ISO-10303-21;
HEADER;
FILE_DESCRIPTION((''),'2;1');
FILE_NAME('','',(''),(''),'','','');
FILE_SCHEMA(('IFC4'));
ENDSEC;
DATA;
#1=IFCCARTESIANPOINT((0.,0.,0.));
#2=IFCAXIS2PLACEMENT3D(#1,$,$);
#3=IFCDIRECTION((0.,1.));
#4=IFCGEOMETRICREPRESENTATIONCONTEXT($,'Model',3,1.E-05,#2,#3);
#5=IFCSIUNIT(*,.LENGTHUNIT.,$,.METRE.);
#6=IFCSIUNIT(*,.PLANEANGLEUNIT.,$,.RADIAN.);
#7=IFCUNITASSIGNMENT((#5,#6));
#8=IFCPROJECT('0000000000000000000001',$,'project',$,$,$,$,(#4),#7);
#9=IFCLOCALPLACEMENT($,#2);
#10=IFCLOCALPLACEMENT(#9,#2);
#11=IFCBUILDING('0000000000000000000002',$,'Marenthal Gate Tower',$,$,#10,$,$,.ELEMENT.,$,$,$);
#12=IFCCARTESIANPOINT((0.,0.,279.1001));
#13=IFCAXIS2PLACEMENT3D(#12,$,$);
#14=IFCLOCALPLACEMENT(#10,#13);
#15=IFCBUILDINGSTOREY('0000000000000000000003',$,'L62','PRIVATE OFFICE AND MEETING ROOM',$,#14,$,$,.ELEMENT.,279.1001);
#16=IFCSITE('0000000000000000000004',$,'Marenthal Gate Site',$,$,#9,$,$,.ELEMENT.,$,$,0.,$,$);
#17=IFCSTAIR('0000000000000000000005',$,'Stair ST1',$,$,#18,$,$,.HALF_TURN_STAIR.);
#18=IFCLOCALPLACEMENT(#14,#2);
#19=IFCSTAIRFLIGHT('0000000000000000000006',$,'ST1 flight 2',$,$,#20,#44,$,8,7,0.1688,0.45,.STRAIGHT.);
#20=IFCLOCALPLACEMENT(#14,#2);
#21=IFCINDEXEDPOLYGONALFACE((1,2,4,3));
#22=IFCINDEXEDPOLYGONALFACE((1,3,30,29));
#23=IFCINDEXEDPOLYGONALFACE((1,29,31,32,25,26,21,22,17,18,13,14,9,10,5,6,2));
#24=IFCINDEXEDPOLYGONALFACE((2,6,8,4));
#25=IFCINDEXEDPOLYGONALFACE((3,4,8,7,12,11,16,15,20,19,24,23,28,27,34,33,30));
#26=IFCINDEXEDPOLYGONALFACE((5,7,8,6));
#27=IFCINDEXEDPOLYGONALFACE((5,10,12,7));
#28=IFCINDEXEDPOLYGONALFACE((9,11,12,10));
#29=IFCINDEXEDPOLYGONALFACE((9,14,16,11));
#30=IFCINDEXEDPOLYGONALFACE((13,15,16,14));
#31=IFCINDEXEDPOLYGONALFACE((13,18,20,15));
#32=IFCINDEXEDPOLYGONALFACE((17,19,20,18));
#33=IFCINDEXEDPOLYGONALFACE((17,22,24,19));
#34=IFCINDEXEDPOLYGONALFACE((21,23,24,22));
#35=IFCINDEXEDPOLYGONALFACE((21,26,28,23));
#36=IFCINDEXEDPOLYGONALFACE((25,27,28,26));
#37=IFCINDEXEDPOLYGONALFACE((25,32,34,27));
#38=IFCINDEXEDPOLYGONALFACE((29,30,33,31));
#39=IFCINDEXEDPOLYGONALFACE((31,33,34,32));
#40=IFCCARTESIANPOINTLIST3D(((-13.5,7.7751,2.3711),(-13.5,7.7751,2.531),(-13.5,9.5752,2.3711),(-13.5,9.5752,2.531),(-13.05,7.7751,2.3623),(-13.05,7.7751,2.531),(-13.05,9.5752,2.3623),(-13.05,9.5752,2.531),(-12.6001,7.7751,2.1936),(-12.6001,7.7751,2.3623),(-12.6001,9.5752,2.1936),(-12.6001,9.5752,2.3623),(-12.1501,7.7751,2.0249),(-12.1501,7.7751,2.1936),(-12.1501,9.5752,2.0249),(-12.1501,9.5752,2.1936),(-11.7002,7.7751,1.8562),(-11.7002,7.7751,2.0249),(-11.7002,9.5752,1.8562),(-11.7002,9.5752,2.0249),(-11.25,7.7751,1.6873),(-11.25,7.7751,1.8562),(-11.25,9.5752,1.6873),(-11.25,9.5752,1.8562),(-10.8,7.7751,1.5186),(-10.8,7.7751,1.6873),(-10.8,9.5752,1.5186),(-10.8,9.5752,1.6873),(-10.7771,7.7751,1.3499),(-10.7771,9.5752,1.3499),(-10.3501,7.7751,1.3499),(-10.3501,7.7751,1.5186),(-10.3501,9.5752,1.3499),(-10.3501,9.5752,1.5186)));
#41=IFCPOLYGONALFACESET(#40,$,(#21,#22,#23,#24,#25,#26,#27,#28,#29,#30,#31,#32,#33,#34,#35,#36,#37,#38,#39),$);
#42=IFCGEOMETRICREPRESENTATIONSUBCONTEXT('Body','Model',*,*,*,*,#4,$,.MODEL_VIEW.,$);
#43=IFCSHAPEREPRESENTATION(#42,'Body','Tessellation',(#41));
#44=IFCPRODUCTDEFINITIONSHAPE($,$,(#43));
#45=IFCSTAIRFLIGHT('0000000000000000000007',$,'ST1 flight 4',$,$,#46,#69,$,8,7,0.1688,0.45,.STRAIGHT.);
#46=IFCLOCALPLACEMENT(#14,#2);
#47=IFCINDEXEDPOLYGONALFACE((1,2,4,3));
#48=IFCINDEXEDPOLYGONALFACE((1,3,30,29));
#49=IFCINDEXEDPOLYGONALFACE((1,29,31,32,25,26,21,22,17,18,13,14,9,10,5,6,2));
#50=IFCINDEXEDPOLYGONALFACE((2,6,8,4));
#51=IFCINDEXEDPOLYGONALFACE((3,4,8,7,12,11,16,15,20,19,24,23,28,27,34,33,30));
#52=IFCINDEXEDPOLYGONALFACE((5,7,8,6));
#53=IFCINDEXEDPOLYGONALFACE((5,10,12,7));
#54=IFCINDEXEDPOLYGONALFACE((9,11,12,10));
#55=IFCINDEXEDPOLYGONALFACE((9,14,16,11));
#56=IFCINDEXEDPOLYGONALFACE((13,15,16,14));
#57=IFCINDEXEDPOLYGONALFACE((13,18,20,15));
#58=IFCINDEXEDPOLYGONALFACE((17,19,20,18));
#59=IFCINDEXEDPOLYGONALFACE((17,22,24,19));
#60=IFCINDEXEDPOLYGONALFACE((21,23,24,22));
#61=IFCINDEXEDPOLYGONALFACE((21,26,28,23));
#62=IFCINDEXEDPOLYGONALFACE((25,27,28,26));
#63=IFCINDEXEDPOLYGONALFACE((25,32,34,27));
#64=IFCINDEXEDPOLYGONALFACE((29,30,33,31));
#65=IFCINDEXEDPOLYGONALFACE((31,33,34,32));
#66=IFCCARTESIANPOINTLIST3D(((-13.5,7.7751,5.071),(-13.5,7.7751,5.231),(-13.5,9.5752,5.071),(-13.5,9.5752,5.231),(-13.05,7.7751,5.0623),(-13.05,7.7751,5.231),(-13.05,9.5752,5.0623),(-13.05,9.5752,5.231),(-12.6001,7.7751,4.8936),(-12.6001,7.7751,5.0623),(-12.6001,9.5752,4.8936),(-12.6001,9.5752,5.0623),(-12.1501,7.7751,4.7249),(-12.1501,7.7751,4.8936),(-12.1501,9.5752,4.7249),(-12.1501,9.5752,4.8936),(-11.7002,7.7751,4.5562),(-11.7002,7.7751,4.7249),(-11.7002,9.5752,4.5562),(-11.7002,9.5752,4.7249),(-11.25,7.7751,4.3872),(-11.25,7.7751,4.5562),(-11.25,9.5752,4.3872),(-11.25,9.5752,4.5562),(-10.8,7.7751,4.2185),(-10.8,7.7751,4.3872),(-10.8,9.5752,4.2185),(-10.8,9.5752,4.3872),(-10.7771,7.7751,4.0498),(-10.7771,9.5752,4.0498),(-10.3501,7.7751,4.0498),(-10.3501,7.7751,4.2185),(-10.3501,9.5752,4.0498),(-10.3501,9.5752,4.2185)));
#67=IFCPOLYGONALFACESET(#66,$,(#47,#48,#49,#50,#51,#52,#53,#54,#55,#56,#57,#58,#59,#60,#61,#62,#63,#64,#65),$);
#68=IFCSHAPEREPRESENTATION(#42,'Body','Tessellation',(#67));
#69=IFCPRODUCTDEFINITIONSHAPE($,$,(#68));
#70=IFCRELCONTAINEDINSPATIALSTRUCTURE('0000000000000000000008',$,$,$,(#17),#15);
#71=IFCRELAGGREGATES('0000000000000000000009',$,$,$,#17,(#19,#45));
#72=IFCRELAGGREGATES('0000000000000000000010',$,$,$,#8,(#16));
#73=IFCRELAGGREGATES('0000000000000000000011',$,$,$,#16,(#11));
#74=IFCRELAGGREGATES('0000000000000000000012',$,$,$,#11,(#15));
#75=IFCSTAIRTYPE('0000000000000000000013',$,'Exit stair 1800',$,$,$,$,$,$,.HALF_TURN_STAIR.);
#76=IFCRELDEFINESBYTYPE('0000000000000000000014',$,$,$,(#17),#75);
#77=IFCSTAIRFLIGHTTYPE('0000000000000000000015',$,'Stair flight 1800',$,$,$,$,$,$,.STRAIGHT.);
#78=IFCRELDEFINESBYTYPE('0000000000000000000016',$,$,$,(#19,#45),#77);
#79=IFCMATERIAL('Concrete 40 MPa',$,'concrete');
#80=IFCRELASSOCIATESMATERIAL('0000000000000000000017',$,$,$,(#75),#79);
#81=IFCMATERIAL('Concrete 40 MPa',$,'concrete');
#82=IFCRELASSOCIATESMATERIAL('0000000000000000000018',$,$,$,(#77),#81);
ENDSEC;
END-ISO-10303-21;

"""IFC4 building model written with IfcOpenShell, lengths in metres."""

from ifc_helpers import new_model, si_unit, direction, frame, origin, place, context, subcontext, project, spatial, polyline, outline, extrude, material, type_object, element, aggregate, save


model = new_model("IFC4")

# Units and contexts
model_context = context("Model", 3, precision=1e-05, world=origin(), true_north=direction((0.0, 1.0)))
body_context = subcontext(model_context, "Body", "Model", "MODEL_VIEW")
ifc_project = project(units=[si_unit("LENGTHUNIT", "METRE"), si_unit("PLANEANGLEUNIT", "RADIAN")], contexts=[model_context])

# Site, building, storey
site_placement = place(None, origin())
site = spatial("IfcSite", under=ifc_project, at=site_placement, Name="Marenthal Gate Site", CompositionType="ELEMENT", RefElevation=0.0)
building_placement = place(site_placement, origin())
building = spatial("IfcBuilding", under=site, at=building_placement, Name="Marenthal Gate Tower", CompositionType="ELEMENT")
storey_placement = place(building_placement, frame((0.0, 0.0, 279.1001)))
storey = spatial("IfcBuildingStorey", under=building, at=storey_placement, Name="L62", Description="PRIVATE OFFICE AND MEETING ROOM", CompositionType="ELEMENT", Elevation=279.1001)

# Stair, stair flights
ifc_material_1 = material(Name="Concrete 40 MPa", Category="concrete")
stair_type = type_object("IfcStairType", Name="Exit stair 1800", PredefinedType="HALF_TURN_STAIR", material=ifc_material_1)
stair_placement = place(storey_placement, origin())
stair = element("IfcStair", 1, at=stair_placement, inside=storey, type_object=stair_type, Name="Stair ST1", PredefinedType="HALF_TURN_STAIR")
ifc_material_2 = material(Name="Concrete 40 MPa", Category="concrete")
stair_flight_type = type_object("IfcStairFlightType", Name="Stair flight 1800", PredefinedType="STRAIGHT", material=ifc_material_2)
stair_flight_1_placement = place(storey_placement, frame((-10.3501, 8.675, 1.3499), z_axis=(0.0, 0.0, 1.0), x_axis=(-1.0, 0.0, 0.0)))
stair_flight_1 = element("IfcStairFlight", 2, at=stair_flight_1_placement, type_object=stair_flight_type, Name="ST1 flight 2", NumberOfRisers=8, NumberOfTreads=7, PredefinedType="STRAIGHT", RiserHeight=0.1688, TreadLength=0.45, context=body_context, shape_type="SweptSolid", body=[
    extrude(outline(polyline([(0.0, 0.0), (0.0, 0.1687), (0.45, 0.1687), (0.45, 0.3374), (0.8999, 0.3374), (0.8999, 0.5063), (1.3501, 0.5063), (1.3501, 0.675), (1.8, 0.675), (1.8, 0.8438), (2.25, 0.8438), (2.25, 1.0125), (2.7, 1.0125), (2.7, 1.1812), (3.1499, 1.1812), (3.1499, 1.3501), (3.1499, 1.0212), (0.427, 0.0), (0.0, 0.0)])), frame((0.0, 0.8999, 0.0), z_axis=(0.0, -1.0, 0.0), x_axis=(1.0, 0.0, 0.0)), (0.0, 0.0, 1.0), 1.8),
])
stair_flight_2_placement = place(storey_placement, frame((-10.3501, 8.675, 4.0498), z_axis=(0.0, 0.0, 1.0), x_axis=(-1.0, 0.0, 0.0)))
stair_flight_2 = element("IfcStairFlight", 3, at=stair_flight_2_placement, type_object=stair_flight_type, Name="ST1 flight 4", NumberOfRisers=8, NumberOfTreads=7, PredefinedType="STRAIGHT", RiserHeight=0.1688, TreadLength=0.45, context=body_context, shape_type="SweptSolid", body=[
    extrude(outline(polyline([(0.0, 0.0), (0.0, 0.1687), (0.45, 0.1687), (0.45, 0.3374), (0.8999, 0.3374), (0.8999, 0.5063), (1.3501, 0.5063), (1.3501, 0.675), (1.8, 0.675), (1.8, 0.8438), (2.25, 0.8438), (2.25, 1.0125), (2.7, 1.0125), (2.7, 1.1812), (3.1499, 1.1812), (3.1499, 1.3501), (3.1499, 1.0212), (0.427, 0.0), (0.0, 0.0)])), frame((0.0, 0.8999, 0.0), z_axis=(0.0, -1.0, 0.0), x_axis=(1.0, 0.0, 0.0)), (0.0, 0.0, 1.0), 1.8),
])
aggregate(stair, [stair_flight_1, stair_flight_2])

save(model, "model.ifc")
